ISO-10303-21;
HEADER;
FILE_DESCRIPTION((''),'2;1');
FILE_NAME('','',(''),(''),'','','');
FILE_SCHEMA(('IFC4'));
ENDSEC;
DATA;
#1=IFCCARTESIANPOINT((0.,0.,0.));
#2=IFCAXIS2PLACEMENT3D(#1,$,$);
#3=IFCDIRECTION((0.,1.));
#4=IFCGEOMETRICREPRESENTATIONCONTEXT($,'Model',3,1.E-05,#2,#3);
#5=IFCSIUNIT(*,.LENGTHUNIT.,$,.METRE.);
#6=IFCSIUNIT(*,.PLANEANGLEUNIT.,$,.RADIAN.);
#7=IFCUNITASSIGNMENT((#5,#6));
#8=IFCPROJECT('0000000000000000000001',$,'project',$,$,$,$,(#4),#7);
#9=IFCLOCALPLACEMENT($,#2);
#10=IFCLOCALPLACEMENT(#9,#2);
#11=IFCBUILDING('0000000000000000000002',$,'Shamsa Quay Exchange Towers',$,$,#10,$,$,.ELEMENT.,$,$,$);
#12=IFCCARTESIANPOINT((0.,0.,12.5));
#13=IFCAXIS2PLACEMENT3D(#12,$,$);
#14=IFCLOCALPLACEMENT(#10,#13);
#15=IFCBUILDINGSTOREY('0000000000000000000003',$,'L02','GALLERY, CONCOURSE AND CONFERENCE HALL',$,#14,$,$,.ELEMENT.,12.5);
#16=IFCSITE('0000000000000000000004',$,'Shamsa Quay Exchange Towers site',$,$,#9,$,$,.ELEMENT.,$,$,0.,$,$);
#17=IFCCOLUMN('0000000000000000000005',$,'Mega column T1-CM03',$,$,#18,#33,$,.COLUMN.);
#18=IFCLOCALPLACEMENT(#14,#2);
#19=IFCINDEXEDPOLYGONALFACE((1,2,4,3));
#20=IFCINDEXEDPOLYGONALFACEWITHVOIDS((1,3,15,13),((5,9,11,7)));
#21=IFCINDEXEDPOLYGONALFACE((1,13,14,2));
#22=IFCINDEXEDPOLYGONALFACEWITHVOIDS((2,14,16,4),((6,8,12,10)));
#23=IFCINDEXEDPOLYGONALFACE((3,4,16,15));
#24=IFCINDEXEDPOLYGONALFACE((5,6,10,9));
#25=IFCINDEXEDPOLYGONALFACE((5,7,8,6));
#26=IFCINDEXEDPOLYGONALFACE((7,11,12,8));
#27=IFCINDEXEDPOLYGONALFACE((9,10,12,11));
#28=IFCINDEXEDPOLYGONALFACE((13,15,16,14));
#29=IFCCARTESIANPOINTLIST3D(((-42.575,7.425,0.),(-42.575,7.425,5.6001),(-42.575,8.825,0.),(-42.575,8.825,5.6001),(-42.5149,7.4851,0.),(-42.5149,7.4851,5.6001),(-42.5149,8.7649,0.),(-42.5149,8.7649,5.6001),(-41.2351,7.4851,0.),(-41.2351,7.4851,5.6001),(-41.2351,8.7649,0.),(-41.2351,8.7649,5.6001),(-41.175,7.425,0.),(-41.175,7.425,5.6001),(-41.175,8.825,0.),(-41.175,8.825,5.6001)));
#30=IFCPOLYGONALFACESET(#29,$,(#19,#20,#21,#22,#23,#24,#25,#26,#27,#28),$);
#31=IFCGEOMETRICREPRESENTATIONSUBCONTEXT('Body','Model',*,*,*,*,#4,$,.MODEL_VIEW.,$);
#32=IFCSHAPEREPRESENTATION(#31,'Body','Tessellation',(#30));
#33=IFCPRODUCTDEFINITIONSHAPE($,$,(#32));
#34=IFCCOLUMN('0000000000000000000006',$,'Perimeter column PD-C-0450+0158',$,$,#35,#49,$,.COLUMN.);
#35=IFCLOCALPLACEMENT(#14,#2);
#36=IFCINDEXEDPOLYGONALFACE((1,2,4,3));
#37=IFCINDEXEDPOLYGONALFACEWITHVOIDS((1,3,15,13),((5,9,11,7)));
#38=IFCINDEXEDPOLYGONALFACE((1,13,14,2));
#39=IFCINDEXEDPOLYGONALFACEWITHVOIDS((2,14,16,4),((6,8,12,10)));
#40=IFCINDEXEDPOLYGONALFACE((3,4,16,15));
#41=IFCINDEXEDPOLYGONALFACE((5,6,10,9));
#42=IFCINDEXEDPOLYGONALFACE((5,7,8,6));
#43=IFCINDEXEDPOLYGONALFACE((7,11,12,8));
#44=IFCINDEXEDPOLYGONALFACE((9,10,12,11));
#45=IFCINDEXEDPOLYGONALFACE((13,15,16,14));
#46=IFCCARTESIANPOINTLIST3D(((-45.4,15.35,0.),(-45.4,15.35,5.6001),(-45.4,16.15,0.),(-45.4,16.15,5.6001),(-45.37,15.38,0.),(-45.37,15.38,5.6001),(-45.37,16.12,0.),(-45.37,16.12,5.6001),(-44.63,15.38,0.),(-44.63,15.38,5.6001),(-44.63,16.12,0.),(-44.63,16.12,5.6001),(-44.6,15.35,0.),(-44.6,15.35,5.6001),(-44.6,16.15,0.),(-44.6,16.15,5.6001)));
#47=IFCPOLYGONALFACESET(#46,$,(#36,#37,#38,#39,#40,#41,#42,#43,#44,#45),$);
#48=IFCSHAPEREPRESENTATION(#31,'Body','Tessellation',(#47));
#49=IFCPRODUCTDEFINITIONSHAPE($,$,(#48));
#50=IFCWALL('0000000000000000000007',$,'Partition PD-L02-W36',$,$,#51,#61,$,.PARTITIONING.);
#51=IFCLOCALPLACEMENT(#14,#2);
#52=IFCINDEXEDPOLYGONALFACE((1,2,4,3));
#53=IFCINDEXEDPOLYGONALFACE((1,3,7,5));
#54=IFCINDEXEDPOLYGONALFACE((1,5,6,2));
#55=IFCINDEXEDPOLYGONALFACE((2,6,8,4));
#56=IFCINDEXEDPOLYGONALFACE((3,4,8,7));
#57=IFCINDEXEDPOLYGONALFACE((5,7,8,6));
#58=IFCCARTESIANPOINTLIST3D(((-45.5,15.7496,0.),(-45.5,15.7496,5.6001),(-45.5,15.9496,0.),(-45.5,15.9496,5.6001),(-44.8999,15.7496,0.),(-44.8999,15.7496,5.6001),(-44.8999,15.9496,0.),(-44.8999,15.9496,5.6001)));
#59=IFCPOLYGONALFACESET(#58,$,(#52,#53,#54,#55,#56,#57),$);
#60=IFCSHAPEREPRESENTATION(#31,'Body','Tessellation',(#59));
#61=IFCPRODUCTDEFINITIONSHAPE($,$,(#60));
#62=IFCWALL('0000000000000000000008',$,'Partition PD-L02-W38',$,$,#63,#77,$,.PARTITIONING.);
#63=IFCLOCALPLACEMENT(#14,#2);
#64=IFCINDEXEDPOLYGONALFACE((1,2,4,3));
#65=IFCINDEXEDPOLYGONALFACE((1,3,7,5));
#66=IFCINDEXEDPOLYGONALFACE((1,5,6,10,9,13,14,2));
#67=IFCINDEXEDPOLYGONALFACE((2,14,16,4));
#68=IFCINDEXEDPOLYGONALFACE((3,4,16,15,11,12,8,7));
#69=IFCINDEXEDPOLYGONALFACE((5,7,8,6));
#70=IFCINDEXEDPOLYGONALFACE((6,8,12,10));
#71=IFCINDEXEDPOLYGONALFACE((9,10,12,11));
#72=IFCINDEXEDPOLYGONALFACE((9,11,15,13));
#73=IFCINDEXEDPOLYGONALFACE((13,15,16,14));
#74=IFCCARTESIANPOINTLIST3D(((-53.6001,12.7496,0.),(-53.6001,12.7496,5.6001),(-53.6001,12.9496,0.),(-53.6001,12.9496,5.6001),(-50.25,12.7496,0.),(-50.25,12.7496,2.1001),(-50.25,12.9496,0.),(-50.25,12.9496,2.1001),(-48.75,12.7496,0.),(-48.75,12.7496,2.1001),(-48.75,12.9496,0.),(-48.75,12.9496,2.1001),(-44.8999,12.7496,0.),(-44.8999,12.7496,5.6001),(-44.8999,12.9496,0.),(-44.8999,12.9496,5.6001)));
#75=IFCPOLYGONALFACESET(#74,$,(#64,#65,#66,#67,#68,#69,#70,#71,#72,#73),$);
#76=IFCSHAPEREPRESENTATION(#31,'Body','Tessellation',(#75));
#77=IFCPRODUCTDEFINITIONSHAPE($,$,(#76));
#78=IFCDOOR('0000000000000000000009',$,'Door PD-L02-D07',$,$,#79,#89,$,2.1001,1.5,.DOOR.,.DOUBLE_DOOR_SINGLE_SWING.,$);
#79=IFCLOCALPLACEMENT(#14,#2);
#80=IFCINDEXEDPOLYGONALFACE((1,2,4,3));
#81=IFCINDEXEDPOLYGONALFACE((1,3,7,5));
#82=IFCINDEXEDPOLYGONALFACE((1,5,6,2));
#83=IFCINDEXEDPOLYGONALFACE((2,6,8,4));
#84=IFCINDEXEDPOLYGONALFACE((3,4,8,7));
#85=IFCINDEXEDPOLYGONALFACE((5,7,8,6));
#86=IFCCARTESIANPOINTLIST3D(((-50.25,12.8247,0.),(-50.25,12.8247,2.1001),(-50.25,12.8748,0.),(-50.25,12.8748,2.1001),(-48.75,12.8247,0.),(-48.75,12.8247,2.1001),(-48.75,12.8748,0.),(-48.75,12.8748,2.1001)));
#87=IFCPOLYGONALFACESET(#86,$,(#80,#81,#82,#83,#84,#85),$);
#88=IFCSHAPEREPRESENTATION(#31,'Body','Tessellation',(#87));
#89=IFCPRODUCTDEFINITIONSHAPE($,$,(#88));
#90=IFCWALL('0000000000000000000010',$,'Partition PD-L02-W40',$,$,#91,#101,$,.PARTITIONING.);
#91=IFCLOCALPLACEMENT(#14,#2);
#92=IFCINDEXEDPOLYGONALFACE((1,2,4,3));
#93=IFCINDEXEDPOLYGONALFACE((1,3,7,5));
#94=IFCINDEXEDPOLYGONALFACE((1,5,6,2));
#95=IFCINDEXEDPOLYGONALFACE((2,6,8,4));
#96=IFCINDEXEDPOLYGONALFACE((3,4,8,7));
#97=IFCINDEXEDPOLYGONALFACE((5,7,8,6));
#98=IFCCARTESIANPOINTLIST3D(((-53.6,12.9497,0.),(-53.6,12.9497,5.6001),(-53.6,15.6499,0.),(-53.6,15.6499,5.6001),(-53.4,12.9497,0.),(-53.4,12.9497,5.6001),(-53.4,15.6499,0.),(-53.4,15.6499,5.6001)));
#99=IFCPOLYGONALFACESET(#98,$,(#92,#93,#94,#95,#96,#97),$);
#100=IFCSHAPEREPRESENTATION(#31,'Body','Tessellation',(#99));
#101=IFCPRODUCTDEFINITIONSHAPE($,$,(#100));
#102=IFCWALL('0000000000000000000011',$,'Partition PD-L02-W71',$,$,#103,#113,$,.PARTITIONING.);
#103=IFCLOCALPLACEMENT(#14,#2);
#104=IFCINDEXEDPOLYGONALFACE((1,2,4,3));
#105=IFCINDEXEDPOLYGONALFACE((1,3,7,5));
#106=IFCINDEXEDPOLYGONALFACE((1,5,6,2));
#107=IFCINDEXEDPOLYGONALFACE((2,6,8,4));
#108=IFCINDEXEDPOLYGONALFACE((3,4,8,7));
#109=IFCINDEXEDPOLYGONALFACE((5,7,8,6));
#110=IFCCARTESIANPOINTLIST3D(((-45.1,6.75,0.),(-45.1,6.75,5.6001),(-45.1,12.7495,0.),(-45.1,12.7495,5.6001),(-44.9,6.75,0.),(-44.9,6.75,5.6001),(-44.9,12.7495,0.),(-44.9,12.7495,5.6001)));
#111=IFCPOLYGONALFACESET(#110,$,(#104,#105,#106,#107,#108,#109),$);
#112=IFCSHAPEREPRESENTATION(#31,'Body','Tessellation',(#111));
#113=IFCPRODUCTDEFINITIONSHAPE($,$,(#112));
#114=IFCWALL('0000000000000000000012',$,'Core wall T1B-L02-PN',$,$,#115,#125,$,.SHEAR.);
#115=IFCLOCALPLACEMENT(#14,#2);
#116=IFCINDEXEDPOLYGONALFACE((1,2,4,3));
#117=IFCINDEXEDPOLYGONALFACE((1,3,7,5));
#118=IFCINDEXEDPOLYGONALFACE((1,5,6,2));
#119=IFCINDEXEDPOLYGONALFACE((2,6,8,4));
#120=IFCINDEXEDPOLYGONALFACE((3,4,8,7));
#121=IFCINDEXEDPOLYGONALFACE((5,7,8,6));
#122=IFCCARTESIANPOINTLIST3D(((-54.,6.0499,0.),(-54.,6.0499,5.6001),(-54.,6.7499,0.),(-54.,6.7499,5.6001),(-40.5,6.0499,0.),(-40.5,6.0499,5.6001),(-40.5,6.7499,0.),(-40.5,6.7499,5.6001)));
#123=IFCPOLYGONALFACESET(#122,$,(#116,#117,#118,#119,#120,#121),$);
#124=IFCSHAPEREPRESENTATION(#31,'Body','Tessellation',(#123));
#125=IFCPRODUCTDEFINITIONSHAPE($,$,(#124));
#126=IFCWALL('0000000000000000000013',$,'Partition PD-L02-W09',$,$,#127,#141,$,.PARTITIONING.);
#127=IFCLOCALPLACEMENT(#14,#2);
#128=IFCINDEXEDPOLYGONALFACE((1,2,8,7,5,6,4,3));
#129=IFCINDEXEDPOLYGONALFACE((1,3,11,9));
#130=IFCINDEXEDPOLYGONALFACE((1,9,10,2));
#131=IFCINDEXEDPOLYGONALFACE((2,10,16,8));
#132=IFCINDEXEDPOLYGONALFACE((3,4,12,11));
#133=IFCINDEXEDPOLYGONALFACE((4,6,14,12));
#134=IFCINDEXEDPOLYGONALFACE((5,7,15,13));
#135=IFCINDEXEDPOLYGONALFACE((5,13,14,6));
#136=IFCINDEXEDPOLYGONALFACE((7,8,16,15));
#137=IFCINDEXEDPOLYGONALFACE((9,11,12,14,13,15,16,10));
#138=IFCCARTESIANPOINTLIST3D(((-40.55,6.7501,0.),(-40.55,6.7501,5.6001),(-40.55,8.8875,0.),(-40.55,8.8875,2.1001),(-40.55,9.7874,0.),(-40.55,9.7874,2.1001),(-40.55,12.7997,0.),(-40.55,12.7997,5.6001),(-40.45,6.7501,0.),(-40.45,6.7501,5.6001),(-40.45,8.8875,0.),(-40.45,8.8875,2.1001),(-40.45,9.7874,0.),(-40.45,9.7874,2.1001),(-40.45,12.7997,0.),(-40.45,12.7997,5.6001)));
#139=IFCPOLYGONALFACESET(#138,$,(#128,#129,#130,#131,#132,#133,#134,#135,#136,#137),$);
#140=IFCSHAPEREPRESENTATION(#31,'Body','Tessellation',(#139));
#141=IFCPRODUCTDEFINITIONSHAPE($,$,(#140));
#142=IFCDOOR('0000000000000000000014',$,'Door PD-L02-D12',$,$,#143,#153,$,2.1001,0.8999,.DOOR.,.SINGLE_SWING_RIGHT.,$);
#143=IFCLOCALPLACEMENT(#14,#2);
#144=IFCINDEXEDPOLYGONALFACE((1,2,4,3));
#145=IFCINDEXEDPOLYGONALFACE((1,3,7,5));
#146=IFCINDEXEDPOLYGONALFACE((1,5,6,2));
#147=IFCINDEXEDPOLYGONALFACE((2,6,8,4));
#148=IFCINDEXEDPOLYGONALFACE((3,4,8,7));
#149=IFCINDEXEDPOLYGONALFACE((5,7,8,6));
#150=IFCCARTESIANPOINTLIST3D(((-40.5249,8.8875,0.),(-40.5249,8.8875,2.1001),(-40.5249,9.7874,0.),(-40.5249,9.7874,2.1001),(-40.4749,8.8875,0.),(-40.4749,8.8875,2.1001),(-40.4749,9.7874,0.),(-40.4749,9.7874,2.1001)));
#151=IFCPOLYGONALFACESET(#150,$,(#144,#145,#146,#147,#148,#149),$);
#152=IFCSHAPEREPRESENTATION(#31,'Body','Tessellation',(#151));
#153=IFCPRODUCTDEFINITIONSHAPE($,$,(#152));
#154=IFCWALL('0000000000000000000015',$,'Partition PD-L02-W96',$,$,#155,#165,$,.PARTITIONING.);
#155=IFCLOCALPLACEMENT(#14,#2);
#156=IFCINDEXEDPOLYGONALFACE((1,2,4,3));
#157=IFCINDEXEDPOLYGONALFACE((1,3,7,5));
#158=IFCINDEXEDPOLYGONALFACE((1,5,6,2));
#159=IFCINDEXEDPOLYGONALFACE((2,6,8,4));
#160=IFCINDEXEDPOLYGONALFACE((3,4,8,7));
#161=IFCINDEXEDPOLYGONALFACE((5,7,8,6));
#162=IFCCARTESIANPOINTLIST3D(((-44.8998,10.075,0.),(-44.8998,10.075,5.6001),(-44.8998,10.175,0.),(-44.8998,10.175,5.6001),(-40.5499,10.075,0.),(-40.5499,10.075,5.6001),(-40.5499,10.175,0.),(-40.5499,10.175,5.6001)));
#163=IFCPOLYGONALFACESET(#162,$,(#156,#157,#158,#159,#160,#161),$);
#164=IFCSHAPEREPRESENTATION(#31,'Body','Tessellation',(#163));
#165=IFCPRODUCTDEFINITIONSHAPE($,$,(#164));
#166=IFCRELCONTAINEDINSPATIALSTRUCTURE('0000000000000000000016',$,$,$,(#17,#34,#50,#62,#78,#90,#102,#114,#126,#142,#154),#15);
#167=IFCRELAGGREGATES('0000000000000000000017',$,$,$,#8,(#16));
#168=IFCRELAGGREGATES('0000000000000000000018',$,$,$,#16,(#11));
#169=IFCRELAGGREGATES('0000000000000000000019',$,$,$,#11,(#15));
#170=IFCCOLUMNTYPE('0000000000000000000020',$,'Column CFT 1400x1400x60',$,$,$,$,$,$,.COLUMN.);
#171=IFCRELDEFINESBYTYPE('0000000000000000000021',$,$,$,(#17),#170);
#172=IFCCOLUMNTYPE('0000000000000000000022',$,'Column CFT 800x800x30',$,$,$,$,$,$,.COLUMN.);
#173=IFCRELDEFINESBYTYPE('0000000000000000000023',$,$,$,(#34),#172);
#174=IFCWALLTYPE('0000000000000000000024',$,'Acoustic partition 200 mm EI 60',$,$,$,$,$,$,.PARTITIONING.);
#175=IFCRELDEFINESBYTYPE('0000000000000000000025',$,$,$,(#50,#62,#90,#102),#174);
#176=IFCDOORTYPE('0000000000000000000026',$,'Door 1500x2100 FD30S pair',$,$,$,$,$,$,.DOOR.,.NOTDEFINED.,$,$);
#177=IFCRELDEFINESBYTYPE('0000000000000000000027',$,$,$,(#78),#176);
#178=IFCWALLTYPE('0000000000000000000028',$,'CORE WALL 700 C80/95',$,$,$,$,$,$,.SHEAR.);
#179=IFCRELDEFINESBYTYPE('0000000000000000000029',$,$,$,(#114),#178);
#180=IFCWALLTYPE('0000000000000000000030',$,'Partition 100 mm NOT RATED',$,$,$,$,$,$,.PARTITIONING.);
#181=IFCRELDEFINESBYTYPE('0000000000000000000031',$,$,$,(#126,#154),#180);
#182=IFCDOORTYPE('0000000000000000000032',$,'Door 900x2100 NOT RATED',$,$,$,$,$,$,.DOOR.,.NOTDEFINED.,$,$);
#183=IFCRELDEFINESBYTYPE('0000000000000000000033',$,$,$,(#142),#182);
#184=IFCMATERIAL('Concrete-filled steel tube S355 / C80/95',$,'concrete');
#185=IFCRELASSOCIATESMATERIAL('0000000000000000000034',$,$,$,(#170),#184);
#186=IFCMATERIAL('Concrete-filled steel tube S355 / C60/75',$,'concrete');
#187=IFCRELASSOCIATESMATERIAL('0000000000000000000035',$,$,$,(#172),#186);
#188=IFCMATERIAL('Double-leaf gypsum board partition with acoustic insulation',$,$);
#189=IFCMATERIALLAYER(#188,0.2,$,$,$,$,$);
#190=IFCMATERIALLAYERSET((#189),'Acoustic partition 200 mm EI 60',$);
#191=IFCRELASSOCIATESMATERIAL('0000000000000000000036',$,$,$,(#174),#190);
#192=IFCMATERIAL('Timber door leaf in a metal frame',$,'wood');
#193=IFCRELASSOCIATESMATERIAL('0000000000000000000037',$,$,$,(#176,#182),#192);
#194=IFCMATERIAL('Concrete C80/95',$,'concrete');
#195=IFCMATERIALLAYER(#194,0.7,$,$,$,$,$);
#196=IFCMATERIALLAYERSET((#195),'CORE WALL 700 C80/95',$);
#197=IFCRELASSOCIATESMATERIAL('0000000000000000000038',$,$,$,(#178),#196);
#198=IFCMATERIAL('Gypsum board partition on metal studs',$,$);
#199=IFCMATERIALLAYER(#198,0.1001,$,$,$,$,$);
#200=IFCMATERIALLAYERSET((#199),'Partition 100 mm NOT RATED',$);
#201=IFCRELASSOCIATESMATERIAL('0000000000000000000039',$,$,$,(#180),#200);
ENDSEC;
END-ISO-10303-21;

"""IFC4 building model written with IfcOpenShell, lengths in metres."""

from ifc_helpers import new_model, si_unit, direction, frame, frame_2d, origin, origin_2d, place, context, subcontext, project, spatial, rectangle, hollow_rectangle, extrude, material, layer, layer_set, material_profile, profile_set, type_object, element, fill, save


model = new_model("IFC4")

# Units and contexts
model_context = context("Model", 3, precision=1e-05, world=origin(), true_north=direction((0.0, 1.0)))
body_context = subcontext(model_context, "Body", "Model", "MODEL_VIEW")
ifc_project = project(units=[si_unit("LENGTHUNIT", "METRE"), si_unit("PLANEANGLEUNIT", "RADIAN")], contexts=[model_context])

# Site, building, storey
site_placement = place(None, origin())
site = spatial("IfcSite", under=ifc_project, at=site_placement, Name="Shamsa Quay Exchange Towers site", CompositionType="ELEMENT", RefElevation=0.0)
building_placement = place(site_placement, origin())
building = spatial("IfcBuilding", under=site, at=building_placement, Name="Shamsa Quay Exchange Towers", CompositionType="ELEMENT")
storey_placement = place(building_placement, frame((0.0, 0.0, 12.5)))
storey = spatial("IfcBuildingStorey", under=building, at=storey_placement, Name="L02", Description="GALLERY, CONCOURSE AND CONFERENCE HALL", CompositionType="ELEMENT", Elevation=12.5)

# Columns
ifc_material_1 = material(Name="Concrete-filled steel tube S355 / C80/95", Category="concrete")
ifc_material_profile_1 = material_profile(ifc_material_1, hollow_rectangle(XDim=1.3999, YDim=1.3999, WallThickness=0.0601, at=origin_2d()), Name="CFT 1400x1400x60")
ifc_profile_set_1 = profile_set([ifc_material_profile_1], Name="Concrete-filled steel tube S355 / C80/95")
column_type_1 = type_object("IfcColumnType", Name="Column CFT 1400x1400x60", PredefinedType="COLUMN", material=ifc_profile_set_1)
column_1_placement = place(storey_placement, frame((-41.875, 8.125, 0.0)))
element("IfcColumn", 1, at=column_1_placement, inside=storey, type_object=column_type_1, Name="Mega column T1-CM03", PredefinedType="COLUMN", context=body_context, shape_type="SweptSolid", body=[
    extrude(hollow_rectangle(XDim=1.3999, YDim=1.3999, WallThickness=0.0601, at=origin_2d()), origin(), (0.0, 0.0, 1.0), 5.6001),
])
ifc_material_2 = material(Name="Concrete-filled steel tube S355 / C60/75", Category="concrete")
ifc_material_profile_2 = material_profile(ifc_material_2, hollow_rectangle(XDim=0.8, YDim=0.8, WallThickness=0.03, at=origin_2d()), Name="CFT 800x800x30")
ifc_profile_set_2 = profile_set([ifc_material_profile_2], Name="Concrete-filled steel tube S355 / C60/75")
column_type_2 = type_object("IfcColumnType", Name="Column CFT 800x800x30", PredefinedType="COLUMN", material=ifc_profile_set_2)
column_2_placement = place(storey_placement, frame((-45.0, 15.75, 0.0)))
element("IfcColumn", 2, at=column_2_placement, inside=storey, type_object=column_type_2, Name="Perimeter column PD-C-0450+0158", PredefinedType="COLUMN", context=body_context, shape_type="SweptSolid", body=[
    extrude(hollow_rectangle(XDim=0.8, YDim=0.8, WallThickness=0.03, at=origin_2d()), origin(), (0.0, 0.0, 1.0), 5.6001),
])

# Wall
ifc_material_3 = material(Name="Double-leaf gypsum board partition with acoustic insulation")
ifc_layer_1 = layer(ifc_material_3, 0.2)
ifc_layer_set_1 = layer_set([ifc_layer_1], Name="Acoustic partition 200 mm EI 60")
wall_type_1 = type_object("IfcWallType", Name="Acoustic partition 200 mm EI 60", PredefinedType="PARTITIONING", material=ifc_layer_set_1)
wall_1_placement = place(storey_placement, frame((-44.8999, 15.8496, 0.0), z_axis=(0.0, 0.0, 1.0), x_axis=(-1.0, 0.0, 0.0)))
element("IfcWall", 3, at=wall_1_placement, inside=storey, type_object=wall_type_1, Name="Partition PD-L02-W36", PredefinedType="PARTITIONING", context=body_context, shape_type="SweptSolid", body=[
    extrude(rectangle(XDim=0.6001, YDim=0.2, at=frame_2d((0.3, 0.0))), origin(), (0.0, 0.0, 1.0), 5.6001),
])

# Wall, opening, door
wall_2_placement = place(storey_placement, frame((-44.8999, 12.8496, 0.0), z_axis=(0.0, 0.0, 1.0), x_axis=(-1.0, 0.0, 0.0)))
wall_2 = element("IfcWall", 4, at=wall_2_placement, inside=storey, type_object=wall_type_1, Name="Partition PD-L02-W38", PredefinedType="PARTITIONING", context=body_context, shape_type="SweptSolid", body=[
    extrude(rectangle(XDim=8.7002, YDim=0.2, at=frame_2d((4.3501, 0.0))), origin(), (0.0, 0.0, 1.0), 5.6001),
])
opening_1_placement = place(wall_2_placement, frame((3.8501, 0.0, 0.0)))
opening_1 = element("IfcOpeningElement", 5, at=opening_1_placement, cuts=wall_2, PredefinedType="OPENING", context=body_context, shape_type="SweptSolid", body=[
    extrude(rectangle(XDim=1.5, YDim=2.1001, at=frame_2d((0.75, 1.05))), frame((0.0, 0.1099, 0.0), z_axis=(0.0, -1.0, 0.0), x_axis=(1.0, 0.0, 0.0)), (0.0, 0.0, 1.0), 0.22),
])
ifc_material_4 = material(Name="Timber door leaf in a metal frame", Category="wood")
door_type_1 = type_object("IfcDoorType", Name="Door 1500x2100 FD30S pair", OperationType="NOTDEFINED", PredefinedType="DOOR", material=ifc_material_4)
door_1_placement = place(opening_1_placement, origin())
door_1 = element("IfcDoor", 6, at=door_1_placement, inside=storey, type_object=door_type_1, Name="Door PD-L02-D07", OperationType="DOUBLE_DOOR_SINGLE_SWING", OverallHeight=2.1001, OverallWidth=1.5, PredefinedType="DOOR", context=body_context, shape_type="SweptSolid", body=[
    extrude(rectangle(XDim=1.5, YDim=2.1001, at=frame_2d((0.75, 1.05))), frame((0.0, 0.0249, 0.0), z_axis=(0.0, -1.0, 0.0), x_axis=(1.0, 0.0, 0.0)), (0.0, 0.0, 1.0), 0.05),
])
fill(opening_1, door_1)

# Walls
wall_3_placement = place(storey_placement, frame((-53.5, 12.9497, 0.0), z_axis=(0.0, 0.0, 1.0), x_axis=(0.0, 1.0, 0.0)))
element("IfcWall", 7, at=wall_3_placement, inside=storey, type_object=wall_type_1, Name="Partition PD-L02-W40", PredefinedType="PARTITIONING", context=body_context, shape_type="SweptSolid", body=[
    extrude(rectangle(XDim=2.7002, YDim=0.2, at=frame_2d((1.3501, 0.0))), origin(), (0.0, 0.0, 1.0), 5.6001),
])
wall_4_placement = place(storey_placement, frame((-45.0, 6.75, 0.0), z_axis=(0.0, 0.0, 1.0), x_axis=(0.0, 1.0, 0.0)))
element("IfcWall", 8, at=wall_4_placement, inside=storey, type_object=wall_type_1, Name="Partition PD-L02-W71", PredefinedType="PARTITIONING", context=body_context, shape_type="SweptSolid", body=[
    extrude(rectangle(XDim=5.9995, YDim=0.2, at=frame_2d((2.9998, 0.0))), origin(), (0.0, 0.0, 1.0), 5.6001),
])
ifc_material_5 = material(Name="Concrete C80/95", Category="concrete")
ifc_layer_2 = layer(ifc_material_5, 0.7)
ifc_layer_set_2 = layer_set([ifc_layer_2], Name="CORE WALL 700 C80/95")
wall_type_2 = type_object("IfcWallType", Name="CORE WALL 700 C80/95", PredefinedType="SHEAR", material=ifc_layer_set_2)
wall_5_placement = place(storey_placement, frame((-40.5, 6.3999, 0.0), z_axis=(0.0, 0.0, 1.0), x_axis=(-1.0, 0.0, 0.0)))
element("IfcWall", 9, at=wall_5_placement, inside=storey, type_object=wall_type_2, Name="Core wall T1B-L02-PN", PredefinedType="SHEAR", context=body_context, shape_type="SweptSolid", body=[
    extrude(rectangle(XDim=13.5, YDim=0.7, at=frame_2d((6.75, 0.0))), origin(), (0.0, 0.0, 1.0), 5.6001),
])

# Wall, opening, door
ifc_material_6 = material(Name="Gypsum board partition on metal studs")
ifc_layer_3 = layer(ifc_material_6, 0.1001)
ifc_layer_set_3 = layer_set([ifc_layer_3], Name="Partition 100 mm NOT RATED")
wall_type_3 = type_object("IfcWallType", Name="Partition 100 mm NOT RATED", PredefinedType="PARTITIONING", material=ifc_layer_set_3)
wall_6_placement = place(storey_placement, frame((-40.5, 6.75, 0.0), z_axis=(0.0, 0.0, 1.0), x_axis=(0.0, 1.0, 0.0)))
wall_6 = element("IfcWall", 10, at=wall_6_placement, inside=storey, type_object=wall_type_3, Name="Partition PD-L02-W09", PredefinedType="PARTITIONING", context=body_context, shape_type="SweptSolid", body=[
    extrude(rectangle(XDim=6.0496, YDim=0.1001, at=frame_2d((3.0249, 0.0))), origin(), (0.0, 0.0, 1.0), 5.6001),
])
opening_2_placement = place(wall_6_placement, frame((2.1375, 0.0, 0.0)))
opening_2 = element("IfcOpeningElement", 11, at=opening_2_placement, cuts=wall_6, PredefinedType="OPENING", context=body_context, shape_type="SweptSolid", body=[
    extrude(rectangle(XDim=0.8999, YDim=2.1001, at=frame_2d((0.45, 1.05))), frame((0.0, 0.0601, 0.0), z_axis=(0.0, -1.0, 0.0), x_axis=(1.0, 0.0, 0.0)), (0.0, 0.0, 1.0), 0.1201),
])
door_type_2 = type_object("IfcDoorType", Name="Door 900x2100 NOT RATED", OperationType="NOTDEFINED", PredefinedType="DOOR", material=ifc_material_4)
door_2_placement = place(opening_2_placement, origin())
door_2 = element("IfcDoor", 12, at=door_2_placement, inside=storey, type_object=door_type_2, Name="Door PD-L02-D12", OperationType="SINGLE_SWING_RIGHT", OverallHeight=2.1001, OverallWidth=0.8999, PredefinedType="DOOR", context=body_context, shape_type="SweptSolid", body=[
    extrude(rectangle(XDim=0.8999, YDim=2.1001, at=frame_2d((0.45, 1.05))), frame((0.0, 0.0249, 0.0), z_axis=(0.0, -1.0, 0.0), x_axis=(1.0, 0.0, 0.0)), (0.0, 0.0, 1.0), 0.05),
])
fill(opening_2, door_2)

# Wall
wall_7_placement = place(storey_placement, frame((-40.55, 10.125, 0.0), z_axis=(0.0, 0.0, 1.0), x_axis=(-1.0, 0.0, 0.0)))
element("IfcWall", 13, at=wall_7_placement, inside=storey, type_object=wall_type_3, Name="Partition PD-L02-W96", PredefinedType="PARTITIONING", context=body_context, shape_type="SweptSolid", body=[
    extrude(rectangle(XDim=4.3499, YDim=0.1001, at=frame_2d((2.1748, 0.0))), origin(), (0.0, 0.0, 1.0), 5.6001),
])

save(model, "model.ifc")
